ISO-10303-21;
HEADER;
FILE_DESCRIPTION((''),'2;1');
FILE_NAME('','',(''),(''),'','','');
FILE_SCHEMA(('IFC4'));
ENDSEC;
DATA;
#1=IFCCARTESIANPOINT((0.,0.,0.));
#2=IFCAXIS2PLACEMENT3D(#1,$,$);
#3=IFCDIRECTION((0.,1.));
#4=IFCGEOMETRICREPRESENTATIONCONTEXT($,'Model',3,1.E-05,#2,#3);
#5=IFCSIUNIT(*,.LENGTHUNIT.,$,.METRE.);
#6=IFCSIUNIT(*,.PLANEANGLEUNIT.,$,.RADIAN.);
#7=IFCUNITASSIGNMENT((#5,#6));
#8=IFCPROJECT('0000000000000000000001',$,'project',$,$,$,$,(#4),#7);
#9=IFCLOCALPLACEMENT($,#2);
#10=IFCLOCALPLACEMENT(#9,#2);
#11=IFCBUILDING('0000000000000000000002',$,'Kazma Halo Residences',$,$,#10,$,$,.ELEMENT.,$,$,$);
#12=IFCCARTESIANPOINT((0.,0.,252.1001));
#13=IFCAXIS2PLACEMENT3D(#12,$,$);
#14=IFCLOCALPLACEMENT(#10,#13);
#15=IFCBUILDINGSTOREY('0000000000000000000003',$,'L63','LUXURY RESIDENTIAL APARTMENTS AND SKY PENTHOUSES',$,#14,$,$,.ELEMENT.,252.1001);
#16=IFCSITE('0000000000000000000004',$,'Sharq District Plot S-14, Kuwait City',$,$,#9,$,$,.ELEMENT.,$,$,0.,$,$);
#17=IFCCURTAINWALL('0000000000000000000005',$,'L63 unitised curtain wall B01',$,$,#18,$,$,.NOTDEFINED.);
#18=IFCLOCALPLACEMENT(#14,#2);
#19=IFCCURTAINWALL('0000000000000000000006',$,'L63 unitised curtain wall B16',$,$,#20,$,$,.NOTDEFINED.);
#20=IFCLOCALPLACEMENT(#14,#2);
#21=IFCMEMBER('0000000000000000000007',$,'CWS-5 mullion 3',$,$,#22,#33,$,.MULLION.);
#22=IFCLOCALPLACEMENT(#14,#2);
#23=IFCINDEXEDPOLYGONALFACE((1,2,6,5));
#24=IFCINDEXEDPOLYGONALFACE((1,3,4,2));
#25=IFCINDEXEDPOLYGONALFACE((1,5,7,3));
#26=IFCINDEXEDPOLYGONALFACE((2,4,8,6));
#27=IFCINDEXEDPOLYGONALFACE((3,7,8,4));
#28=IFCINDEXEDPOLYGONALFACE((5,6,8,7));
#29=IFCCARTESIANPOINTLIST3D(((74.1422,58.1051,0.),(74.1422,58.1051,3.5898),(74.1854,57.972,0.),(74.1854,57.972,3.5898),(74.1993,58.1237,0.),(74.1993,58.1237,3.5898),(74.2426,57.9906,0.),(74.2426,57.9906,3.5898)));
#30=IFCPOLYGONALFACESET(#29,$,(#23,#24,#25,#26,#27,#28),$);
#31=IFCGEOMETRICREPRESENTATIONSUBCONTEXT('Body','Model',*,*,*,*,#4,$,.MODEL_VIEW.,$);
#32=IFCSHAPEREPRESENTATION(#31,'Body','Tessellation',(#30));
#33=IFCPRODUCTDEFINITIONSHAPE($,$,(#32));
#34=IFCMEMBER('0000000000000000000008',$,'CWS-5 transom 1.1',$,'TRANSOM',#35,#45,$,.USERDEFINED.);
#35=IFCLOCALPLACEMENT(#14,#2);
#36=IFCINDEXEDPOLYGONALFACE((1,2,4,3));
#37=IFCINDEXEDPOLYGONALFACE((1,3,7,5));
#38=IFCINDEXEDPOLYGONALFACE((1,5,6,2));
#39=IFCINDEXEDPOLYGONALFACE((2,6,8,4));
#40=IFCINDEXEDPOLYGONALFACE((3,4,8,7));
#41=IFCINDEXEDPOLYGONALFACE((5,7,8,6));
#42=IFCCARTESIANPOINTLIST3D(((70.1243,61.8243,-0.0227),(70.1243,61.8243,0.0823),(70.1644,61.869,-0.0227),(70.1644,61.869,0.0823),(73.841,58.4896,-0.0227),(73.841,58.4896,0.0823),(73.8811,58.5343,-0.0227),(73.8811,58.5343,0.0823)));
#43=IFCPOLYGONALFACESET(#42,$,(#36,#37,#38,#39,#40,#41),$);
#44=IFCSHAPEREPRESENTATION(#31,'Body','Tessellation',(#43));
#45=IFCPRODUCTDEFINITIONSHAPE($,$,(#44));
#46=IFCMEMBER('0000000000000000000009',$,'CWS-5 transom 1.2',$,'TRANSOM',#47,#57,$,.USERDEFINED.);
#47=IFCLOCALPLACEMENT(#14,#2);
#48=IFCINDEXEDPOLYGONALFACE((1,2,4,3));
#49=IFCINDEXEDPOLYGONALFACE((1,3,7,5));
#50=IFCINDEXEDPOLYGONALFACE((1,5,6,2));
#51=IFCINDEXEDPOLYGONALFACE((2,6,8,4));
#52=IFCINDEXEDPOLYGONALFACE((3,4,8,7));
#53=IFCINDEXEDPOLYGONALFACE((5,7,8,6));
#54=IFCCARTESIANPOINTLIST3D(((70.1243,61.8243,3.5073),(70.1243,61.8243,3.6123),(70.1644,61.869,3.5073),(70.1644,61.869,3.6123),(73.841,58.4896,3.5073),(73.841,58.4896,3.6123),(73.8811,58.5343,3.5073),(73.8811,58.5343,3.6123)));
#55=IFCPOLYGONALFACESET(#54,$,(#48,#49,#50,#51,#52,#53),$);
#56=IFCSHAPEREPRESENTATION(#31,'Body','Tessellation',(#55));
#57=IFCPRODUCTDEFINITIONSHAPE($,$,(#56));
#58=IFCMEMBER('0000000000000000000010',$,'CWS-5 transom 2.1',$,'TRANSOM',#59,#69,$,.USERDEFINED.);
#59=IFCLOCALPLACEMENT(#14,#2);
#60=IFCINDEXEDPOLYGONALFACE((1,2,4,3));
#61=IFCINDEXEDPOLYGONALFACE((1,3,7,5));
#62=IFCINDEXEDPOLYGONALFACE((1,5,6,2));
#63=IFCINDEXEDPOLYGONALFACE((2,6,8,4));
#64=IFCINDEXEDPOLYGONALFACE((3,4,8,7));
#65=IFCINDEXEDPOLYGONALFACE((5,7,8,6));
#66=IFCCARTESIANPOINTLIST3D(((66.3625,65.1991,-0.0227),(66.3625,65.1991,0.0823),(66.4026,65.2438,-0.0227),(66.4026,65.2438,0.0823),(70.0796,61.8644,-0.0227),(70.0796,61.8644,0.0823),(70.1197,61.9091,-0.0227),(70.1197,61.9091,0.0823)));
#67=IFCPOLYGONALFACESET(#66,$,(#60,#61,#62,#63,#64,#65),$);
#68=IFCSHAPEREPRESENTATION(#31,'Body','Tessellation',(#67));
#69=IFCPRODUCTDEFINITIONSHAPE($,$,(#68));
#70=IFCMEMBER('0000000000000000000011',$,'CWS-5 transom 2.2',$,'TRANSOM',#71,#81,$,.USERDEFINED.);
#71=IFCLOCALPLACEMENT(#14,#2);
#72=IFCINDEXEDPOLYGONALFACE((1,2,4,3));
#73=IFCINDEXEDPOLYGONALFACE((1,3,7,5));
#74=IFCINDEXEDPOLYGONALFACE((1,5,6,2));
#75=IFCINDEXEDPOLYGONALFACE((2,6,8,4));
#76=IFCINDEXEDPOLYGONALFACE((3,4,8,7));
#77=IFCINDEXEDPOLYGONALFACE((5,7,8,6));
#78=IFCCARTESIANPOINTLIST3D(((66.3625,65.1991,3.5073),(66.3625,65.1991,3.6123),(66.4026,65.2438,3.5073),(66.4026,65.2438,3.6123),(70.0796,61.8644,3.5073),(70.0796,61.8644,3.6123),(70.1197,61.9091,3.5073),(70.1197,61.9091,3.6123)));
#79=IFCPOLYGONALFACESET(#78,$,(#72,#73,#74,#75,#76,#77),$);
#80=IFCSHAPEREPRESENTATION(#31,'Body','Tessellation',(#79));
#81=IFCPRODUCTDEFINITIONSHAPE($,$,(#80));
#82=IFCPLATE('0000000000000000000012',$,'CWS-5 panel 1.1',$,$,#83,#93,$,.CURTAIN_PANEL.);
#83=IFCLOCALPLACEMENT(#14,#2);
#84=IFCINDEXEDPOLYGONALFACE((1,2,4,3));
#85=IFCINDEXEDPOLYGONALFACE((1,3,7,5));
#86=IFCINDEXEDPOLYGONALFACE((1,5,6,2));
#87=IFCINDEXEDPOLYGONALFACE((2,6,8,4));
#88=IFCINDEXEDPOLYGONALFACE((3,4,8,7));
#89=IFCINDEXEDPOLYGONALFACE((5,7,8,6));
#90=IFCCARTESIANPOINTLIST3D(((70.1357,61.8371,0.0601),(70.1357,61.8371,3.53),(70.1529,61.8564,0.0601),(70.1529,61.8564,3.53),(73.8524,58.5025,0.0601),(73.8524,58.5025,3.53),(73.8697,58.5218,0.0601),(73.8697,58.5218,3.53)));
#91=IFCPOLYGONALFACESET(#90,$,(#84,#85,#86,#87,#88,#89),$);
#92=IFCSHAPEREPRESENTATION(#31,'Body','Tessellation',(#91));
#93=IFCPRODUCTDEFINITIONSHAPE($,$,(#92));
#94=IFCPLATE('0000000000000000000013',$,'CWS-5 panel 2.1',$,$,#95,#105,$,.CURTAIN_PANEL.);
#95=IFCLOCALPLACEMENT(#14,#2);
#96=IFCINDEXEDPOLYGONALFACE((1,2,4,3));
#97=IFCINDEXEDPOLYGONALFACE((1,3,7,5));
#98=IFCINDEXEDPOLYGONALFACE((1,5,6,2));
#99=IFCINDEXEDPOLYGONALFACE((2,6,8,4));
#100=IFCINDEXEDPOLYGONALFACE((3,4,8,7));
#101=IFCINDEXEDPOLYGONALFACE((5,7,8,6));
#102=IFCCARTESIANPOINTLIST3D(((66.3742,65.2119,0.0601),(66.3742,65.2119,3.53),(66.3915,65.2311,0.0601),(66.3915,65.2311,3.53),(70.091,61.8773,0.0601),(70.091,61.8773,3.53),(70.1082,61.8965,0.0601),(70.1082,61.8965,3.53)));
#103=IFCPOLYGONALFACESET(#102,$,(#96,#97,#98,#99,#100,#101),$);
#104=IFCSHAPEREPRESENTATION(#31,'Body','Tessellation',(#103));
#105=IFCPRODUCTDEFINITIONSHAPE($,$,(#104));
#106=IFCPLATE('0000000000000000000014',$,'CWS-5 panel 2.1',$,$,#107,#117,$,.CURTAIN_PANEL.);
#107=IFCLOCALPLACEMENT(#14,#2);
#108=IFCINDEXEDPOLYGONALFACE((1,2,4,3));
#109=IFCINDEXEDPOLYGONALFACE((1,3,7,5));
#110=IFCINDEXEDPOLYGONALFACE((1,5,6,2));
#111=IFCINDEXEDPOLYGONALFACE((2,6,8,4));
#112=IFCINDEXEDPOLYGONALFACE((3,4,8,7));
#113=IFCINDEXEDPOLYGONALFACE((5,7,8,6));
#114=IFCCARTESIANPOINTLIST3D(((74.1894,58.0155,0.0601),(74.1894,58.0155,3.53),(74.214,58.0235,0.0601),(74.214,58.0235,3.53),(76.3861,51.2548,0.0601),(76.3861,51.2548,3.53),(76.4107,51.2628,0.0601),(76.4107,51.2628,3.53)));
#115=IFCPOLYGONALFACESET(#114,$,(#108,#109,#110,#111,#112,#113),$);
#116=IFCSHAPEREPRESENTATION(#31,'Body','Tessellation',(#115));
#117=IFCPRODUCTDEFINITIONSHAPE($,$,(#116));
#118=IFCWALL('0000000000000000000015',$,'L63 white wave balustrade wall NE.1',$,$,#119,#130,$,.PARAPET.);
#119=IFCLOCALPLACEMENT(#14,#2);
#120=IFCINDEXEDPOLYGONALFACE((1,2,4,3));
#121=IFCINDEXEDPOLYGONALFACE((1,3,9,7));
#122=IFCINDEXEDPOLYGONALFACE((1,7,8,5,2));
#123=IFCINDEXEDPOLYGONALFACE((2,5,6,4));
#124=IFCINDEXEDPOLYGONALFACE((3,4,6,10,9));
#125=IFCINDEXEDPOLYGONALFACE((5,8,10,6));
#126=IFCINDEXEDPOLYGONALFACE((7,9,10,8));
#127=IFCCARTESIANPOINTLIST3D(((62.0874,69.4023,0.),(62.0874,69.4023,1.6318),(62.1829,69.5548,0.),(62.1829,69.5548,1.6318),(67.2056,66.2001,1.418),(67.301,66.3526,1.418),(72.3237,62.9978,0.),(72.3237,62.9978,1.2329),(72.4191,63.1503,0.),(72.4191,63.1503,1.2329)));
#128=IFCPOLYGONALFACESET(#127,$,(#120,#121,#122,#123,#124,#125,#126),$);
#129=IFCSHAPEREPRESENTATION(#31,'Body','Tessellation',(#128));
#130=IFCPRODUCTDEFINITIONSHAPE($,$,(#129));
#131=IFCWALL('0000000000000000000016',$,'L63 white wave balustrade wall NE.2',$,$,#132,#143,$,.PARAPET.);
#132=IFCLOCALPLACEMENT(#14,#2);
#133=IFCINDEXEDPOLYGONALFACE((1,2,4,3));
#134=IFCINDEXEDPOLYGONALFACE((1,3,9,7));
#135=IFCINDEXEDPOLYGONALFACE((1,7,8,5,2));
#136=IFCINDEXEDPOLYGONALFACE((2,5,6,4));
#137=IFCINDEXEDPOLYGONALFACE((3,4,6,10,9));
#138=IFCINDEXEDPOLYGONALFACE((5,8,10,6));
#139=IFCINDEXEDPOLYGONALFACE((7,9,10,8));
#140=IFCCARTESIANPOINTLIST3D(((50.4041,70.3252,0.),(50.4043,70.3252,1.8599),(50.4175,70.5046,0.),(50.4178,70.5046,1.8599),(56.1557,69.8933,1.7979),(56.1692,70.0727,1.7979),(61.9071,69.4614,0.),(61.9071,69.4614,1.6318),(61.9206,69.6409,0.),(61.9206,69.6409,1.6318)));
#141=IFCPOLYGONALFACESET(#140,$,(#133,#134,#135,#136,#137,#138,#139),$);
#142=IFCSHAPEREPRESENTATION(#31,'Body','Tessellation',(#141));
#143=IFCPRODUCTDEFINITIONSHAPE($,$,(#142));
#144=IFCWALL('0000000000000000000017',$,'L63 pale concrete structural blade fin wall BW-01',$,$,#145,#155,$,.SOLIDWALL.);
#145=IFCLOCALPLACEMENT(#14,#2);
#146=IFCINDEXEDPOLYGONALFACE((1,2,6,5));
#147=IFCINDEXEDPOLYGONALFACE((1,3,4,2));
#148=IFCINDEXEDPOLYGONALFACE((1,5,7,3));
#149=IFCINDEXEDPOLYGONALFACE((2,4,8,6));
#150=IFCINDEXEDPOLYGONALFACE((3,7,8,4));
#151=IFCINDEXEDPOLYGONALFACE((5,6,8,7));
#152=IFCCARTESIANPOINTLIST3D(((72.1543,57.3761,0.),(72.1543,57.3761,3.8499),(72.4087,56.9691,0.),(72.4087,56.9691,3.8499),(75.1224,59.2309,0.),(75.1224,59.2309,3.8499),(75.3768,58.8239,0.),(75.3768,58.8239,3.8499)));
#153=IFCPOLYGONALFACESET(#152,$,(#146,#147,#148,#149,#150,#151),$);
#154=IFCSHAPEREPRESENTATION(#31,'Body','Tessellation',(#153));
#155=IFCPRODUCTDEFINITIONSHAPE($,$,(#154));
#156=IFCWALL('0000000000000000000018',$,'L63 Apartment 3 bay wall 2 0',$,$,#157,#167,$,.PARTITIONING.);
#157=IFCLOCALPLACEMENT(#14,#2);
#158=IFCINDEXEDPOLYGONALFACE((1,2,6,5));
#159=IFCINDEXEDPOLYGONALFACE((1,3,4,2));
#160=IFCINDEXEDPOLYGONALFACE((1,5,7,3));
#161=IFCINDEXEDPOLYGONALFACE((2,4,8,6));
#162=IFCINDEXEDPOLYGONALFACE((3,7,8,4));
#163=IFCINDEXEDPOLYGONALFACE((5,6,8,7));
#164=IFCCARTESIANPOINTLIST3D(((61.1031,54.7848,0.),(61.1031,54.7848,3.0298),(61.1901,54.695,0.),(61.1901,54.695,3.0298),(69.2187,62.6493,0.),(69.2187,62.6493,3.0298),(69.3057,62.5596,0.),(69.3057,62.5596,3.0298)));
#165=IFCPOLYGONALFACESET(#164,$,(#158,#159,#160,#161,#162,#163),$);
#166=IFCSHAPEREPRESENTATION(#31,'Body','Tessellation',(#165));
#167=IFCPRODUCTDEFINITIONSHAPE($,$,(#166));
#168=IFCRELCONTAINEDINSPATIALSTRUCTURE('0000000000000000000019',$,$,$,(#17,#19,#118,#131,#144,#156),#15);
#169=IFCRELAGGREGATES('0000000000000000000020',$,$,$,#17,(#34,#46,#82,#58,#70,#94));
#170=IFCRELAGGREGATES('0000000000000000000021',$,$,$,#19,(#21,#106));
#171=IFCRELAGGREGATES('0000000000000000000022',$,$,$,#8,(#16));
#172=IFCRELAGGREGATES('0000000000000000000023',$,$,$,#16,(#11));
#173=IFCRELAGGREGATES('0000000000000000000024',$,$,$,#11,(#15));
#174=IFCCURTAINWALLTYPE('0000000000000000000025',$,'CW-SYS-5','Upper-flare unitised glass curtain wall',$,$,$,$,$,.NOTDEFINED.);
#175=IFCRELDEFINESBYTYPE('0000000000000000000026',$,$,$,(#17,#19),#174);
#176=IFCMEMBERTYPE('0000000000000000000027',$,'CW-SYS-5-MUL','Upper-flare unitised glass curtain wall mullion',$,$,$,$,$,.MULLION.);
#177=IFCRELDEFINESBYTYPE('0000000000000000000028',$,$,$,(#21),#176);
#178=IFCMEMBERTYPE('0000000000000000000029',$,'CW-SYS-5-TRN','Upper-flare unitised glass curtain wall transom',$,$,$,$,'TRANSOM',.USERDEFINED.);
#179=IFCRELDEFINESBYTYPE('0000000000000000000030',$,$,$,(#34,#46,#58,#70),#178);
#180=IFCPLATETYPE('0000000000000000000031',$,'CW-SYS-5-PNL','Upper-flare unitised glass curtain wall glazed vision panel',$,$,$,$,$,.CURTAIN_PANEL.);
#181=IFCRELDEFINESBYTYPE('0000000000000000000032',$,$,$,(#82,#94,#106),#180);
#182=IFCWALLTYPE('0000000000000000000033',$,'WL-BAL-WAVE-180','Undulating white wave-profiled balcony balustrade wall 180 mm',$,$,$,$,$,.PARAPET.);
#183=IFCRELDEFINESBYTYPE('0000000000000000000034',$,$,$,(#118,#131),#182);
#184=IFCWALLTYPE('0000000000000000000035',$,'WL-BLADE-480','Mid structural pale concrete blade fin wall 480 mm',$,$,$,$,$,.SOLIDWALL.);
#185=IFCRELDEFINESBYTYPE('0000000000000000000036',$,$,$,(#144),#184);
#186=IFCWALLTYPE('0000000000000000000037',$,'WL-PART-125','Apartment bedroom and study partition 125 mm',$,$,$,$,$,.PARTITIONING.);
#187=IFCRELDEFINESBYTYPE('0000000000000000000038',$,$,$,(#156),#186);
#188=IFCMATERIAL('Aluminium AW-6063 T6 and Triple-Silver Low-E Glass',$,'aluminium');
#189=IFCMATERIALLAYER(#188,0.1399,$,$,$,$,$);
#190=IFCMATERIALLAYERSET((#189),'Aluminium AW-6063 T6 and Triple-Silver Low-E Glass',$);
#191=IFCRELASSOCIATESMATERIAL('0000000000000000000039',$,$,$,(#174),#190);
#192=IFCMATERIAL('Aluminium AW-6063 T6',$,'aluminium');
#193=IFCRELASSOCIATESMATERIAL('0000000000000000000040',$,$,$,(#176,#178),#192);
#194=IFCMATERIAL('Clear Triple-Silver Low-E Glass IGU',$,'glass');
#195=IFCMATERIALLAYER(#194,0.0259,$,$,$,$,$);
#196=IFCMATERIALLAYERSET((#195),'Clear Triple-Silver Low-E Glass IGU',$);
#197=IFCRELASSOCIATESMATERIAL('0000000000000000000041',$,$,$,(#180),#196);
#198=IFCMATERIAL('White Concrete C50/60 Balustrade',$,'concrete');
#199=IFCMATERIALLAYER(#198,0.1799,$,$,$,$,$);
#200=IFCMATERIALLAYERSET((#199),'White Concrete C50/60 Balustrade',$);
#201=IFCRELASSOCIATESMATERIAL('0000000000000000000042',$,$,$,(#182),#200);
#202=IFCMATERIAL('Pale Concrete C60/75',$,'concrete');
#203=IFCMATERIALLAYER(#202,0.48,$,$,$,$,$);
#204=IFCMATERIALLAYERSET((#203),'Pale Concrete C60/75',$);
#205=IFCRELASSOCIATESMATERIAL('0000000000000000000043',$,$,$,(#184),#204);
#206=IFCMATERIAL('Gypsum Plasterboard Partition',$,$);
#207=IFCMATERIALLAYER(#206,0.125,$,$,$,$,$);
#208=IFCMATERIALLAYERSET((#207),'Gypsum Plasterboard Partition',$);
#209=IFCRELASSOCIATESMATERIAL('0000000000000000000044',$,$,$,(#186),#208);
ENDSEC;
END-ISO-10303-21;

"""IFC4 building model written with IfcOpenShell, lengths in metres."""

from ifc_helpers import new_model, si_unit, direction, frame, frame_2d, origin, origin_2d, place, context, subcontext, project, spatial, polyline, rectangle, outline, extrude, material, layer, layer_set, material_profile, profile_set, type_object, element, aggregate, save


model = new_model("IFC4")

# Units and contexts
model_context = context("Model", 3, precision=1e-05, world=origin(), true_north=direction((0.0, 1.0)))
body_context = subcontext(model_context, "Body", "Model", "MODEL_VIEW")
ifc_project = project(units=[si_unit("LENGTHUNIT", "METRE"), si_unit("PLANEANGLEUNIT", "RADIAN")], contexts=[model_context])

# Site, building, storey
site_placement = place(None, origin())
site = spatial("IfcSite", under=ifc_project, at=site_placement, Name="Sharq District Plot S-14, Kuwait City", CompositionType="ELEMENT", RefElevation=0.0)
building_placement = place(site_placement, origin())
building = spatial("IfcBuilding", under=site, at=building_placement, Name="Kazma Halo Residences", CompositionType="ELEMENT")
storey_placement = place(building_placement, frame((0.0, 0.0, 252.1001)))
storey = spatial("IfcBuildingStorey", under=building, at=storey_placement, Name="L63", Description="LUXURY RESIDENTIAL APARTMENTS AND SKY PENTHOUSES", CompositionType="ELEMENT", Elevation=252.1001)

# Curtain wall
ifc_material_1 = material(Name="Aluminium AW-6063 T6 and Triple-Silver Low-E Glass", Category="aluminium")
ifc_layer_1 = layer(ifc_material_1, 0.1399)
ifc_layer_set_1 = layer_set([ifc_layer_1], Name="Aluminium AW-6063 T6 and Triple-Silver Low-E Glass")
curtain_wall_type = type_object("IfcCurtainWallType", Name="CW-SYS-5", Description="Upper-flare unitised glass curtain wall", PredefinedType="NOTDEFINED", material=ifc_layer_set_1)
curtain_wall_1_placement = place(storey_placement, origin())
curtain_wall_1 = element("IfcCurtainWall", 1, at=curtain_wall_1_placement, inside=storey, type_object=curtain_wall_type, Name="L63 unitised curtain wall B01", PredefinedType="NOTDEFINED")
ifc_material_2 = material(Name="Aluminium AW-6063 T6", Category="aluminium")
ifc_material_profile_1 = material_profile(ifc_material_2, rectangle(XDim=0.0601, YDim=0.1399, at=origin_2d()), Name="CWM-60x140")
ifc_profile_set_1 = profile_set([ifc_material_profile_1], Name="Aluminium AW-6063 T6")
member_type_1 = type_object("IfcMemberType", Name="CW-SYS-5-MUL", Description="Upper-flare unitised glass curtain wall mullion", PredefinedType="MULLION", material=ifc_profile_set_1)

# Curtain wall, member
curtain_wall_2_placement = place(storey_placement, origin())
curtain_wall_2 = element("IfcCurtainWall", 2, at=curtain_wall_2_placement, inside=storey, type_object=curtain_wall_type, Name="L63 unitised curtain wall B16", PredefinedType="NOTDEFINED")
member_1_placement = place(storey_placement, frame((74.1924, 58.0479, 0.0), z_axis=(0.0, 0.0, 1.0), x_axis=(-0.951058, -0.309011, 0.0)))
member_1 = element("IfcMember", 3, at=member_1_placement, type_object=member_type_1, Name="CWS-5 mullion 3", PredefinedType="MULLION", context=body_context, shape_type="SweptSolid", body=[
    extrude(rectangle(XDim=0.0601, YDim=0.1399, at=origin_2d()), origin(), (0.0, 0.0, 1.0), 3.5898),
])

# Members
ifc_material_profile_2 = material_profile(ifc_material_2, rectangle(XDim=0.0601, YDim=0.105, at=origin_2d()), Name="CWT-60x105")
ifc_profile_set_2 = profile_set([ifc_material_profile_2], Name="Aluminium AW-6063 T6")
member_type_2 = type_object("IfcMemberType", Name="CW-SYS-5-TRN", Description="Upper-flare unitised glass curtain wall transom", ElementType="TRANSOM", PredefinedType="USERDEFINED", material=ifc_profile_set_2)
member_2_placement = place(storey_placement, frame((73.8611, 58.512, 0.0298), z_axis=(-0.744329, 0.667813, 0.0), x_axis=(-0.667813, -0.744329, 0.0)))
member_2 = element("IfcMember", 4, at=member_2_placement, type_object=member_type_2, Name="CWS-5 transom 1.1", ObjectType="TRANSOM", PredefinedType="USERDEFINED", context=body_context, shape_type="SweptSolid", body=[
    extrude(rectangle(XDim=0.0601, YDim=0.105, at=origin_2d()), origin(), (0.0, 0.0, 1.0), 4.9934),
])
member_3_placement = place(storey_placement, frame((73.8611, 58.512, 3.5598), z_axis=(-0.744329, 0.667813, 0.0), x_axis=(-0.667813, -0.744329, 0.0)))
member_3 = element("IfcMember", 5, at=member_3_placement, type_object=member_type_2, Name="CWS-5 transom 1.2", ObjectType="TRANSOM", PredefinedType="USERDEFINED", context=body_context, shape_type="SweptSolid", body=[
    extrude(rectangle(XDim=0.0601, YDim=0.105, at=origin_2d()), origin(), (0.0, 0.0, 1.0), 4.9934),
])
member_4_placement = place(storey_placement, frame((70.0996, 61.8867, 0.0298), z_axis=(-0.744351, 0.667789, 0.0), x_axis=(-0.667789, -0.744351, 0.0)))
member_4 = element("IfcMember", 6, at=member_4_placement, type_object=member_type_2, Name="CWS-5 transom 2.1", ObjectType="TRANSOM", PredefinedType="USERDEFINED", context=body_context, shape_type="SweptSolid", body=[
    extrude(rectangle(XDim=0.0601, YDim=0.105, at=origin_2d()), origin(), (0.0, 0.0, 1.0), 4.9937),
])
member_5_placement = place(storey_placement, frame((70.0996, 61.8867, 3.5598), z_axis=(-0.744351, 0.667789, 0.0), x_axis=(-0.667789, -0.744351, 0.0)))
member_5 = element("IfcMember", 7, at=member_5_placement, type_object=member_type_2, Name="CWS-5 transom 2.2", ObjectType="TRANSOM", PredefinedType="USERDEFINED", context=body_context, shape_type="SweptSolid", body=[
    extrude(rectangle(XDim=0.0601, YDim=0.105, at=origin_2d()), origin(), (0.0, 0.0, 1.0), 4.9937),
])

# Plates
ifc_material_3 = material(Name="Clear Triple-Silver Low-E Glass IGU", Category="glass")
ifc_layer_2 = layer(ifc_material_3, 0.0259)
ifc_layer_set_2 = layer_set([ifc_layer_2], Name="Clear Triple-Silver Low-E Glass IGU")
plate_type = type_object("IfcPlateType", Name="CW-SYS-5-PNL", Description="Upper-flare unitised glass curtain wall glazed vision panel", PredefinedType="CURTAIN_PANEL", material=ifc_layer_set_2)
plate_1_placement = place(storey_placement, frame((72.0027, 60.1794, 0.0601), z_axis=(0.0, 0.0, 1.0), x_axis=(-0.744336, 0.667805, 0.0)))
plate_1 = element("IfcPlate", 8, at=plate_1_placement, type_object=plate_type, Name="CWS-5 panel 1.1", PredefinedType="CURTAIN_PANEL", context=body_context, shape_type="SweptSolid", body=[
    extrude(rectangle(XDim=4.9934, YDim=0.0259, at=origin_2d()), origin(), (0.0, 0.0, 1.0), 3.47),
])
plate_2_placement = place(storey_placement, frame((68.2412, 63.5542, 0.0601), z_axis=(0.0, 0.0, 1.0), x_axis=(-0.744336, 0.667805, 0.0)))
plate_2 = element("IfcPlate", 9, at=plate_2_placement, type_object=plate_type, Name="CWS-5 panel 2.1", PredefinedType="CURTAIN_PANEL", context=body_context, shape_type="SweptSolid", body=[
    extrude(rectangle(XDim=4.9934, YDim=0.0259, at=origin_2d()), origin(), (0.0, 0.0, 1.0), 3.47),
])
aggregate(curtain_wall_1, [member_2, member_3, plate_1, member_4, member_5, plate_2])
plate_3_placement = place(storey_placement, frame((75.3, 54.6392, 0.0601), z_axis=(0.0, 0.0, 1.0), x_axis=(-0.309011, 0.951058, 0.0)))
plate_3 = element("IfcPlate", 10, at=plate_3_placement, type_object=plate_type, Name="CWS-5 panel 2.1", PredefinedType="CURTAIN_PANEL", context=body_context, shape_type="SweptSolid", body=[
    extrude(rectangle(XDim=7.1086, YDim=0.0259, at=origin_2d()), origin(), (0.0, 0.0, 1.0), 3.47),
])
aggregate(curtain_wall_2, [member_1, plate_3])

# Walls
ifc_material_4 = material(Name="White Concrete C50/60 Balustrade", Category="concrete")
ifc_layer_3 = layer(ifc_material_4, 0.1799)
ifc_layer_set_3 = layer_set([ifc_layer_3], Name="White Concrete C50/60 Balustrade")
wall_type_1 = type_object("IfcWallType", Name="WL-BAL-WAVE-180", Description="Undulating white wave-profiled balcony balustrade wall 180 mm", PredefinedType="PARAPET", material=ifc_layer_set_3)
wall_1_placement = place(storey_placement, frame((72.3713, 63.074, 0.0), z_axis=(0.0, 0.0, 1.0), x_axis=(-0.847744, 0.530406, 0.0)))
element("IfcWall", 11, at=wall_1_placement, inside=storey, type_object=wall_type_1, Name="L63 white wave balustrade wall NE.1", PredefinedType="PARAPET", context=body_context, shape_type="SweptSolid", body=[
    extrude(outline(polyline([(0.0, 0.0), (12.0747, 0.0), (12.0747, 1.6318), (6.0374, 1.418), (0.0, 1.2329), (0.0, 0.0)])), frame((0.0, 0.0898, 0.0), z_axis=(0.0, -1.0, 0.0), x_axis=(1.0, 0.0, 0.0)), (0.0, 0.0, 1.0), 0.1799),
])
wall_2_placement = place(storey_placement, frame((61.9138, 69.551, 0.0), z_axis=(0.0, 0.0, 1.0), x_axis=(-0.997193, 0.07488, 0.0)))
element("IfcWall", 12, at=wall_2_placement, inside=storey, type_object=wall_type_1, Name="L63 white wave balustrade wall NE.2", PredefinedType="PARAPET", context=body_context, shape_type="SweptSolid", body=[
    extrude(outline(polyline([(0.0, 0.0), (11.5354, 0.0), (11.5352, 1.8599), (5.7676, 1.7979), (0.0, 1.6318), (0.0, 0.0)])), frame((0.0, 0.0898, 0.0), z_axis=(0.0, -1.0, 0.0), x_axis=(1.0, 0.0, 0.0)), (0.0, 0.0, 1.0), 0.1799),
])
ifc_material_5 = material(Name="Pale Concrete C60/75", Category="concrete")
ifc_layer_4 = layer(ifc_material_5, 0.48)
ifc_layer_set_4 = layer_set([ifc_layer_4], Name="Pale Concrete C60/75")
wall_type_2 = type_object("IfcWallType", Name="WL-BLADE-480", Description="Mid structural pale concrete blade fin wall 480 mm", PredefinedType="SOLIDWALL", material=ifc_layer_set_4)
wall_3_placement = place(storey_placement, frame((72.2815, 57.1726, 0.0), z_axis=(0.0, 0.0, 1.0), x_axis=(0.848034, 0.529943, 0.0)))
element("IfcWall", 13, at=wall_3_placement, inside=storey, type_object=wall_type_2, Name="L63 pale concrete structural blade fin wall BW-01", PredefinedType="SOLIDWALL", context=body_context, shape_type="SweptSolid", body=[
    extrude(rectangle(XDim=3.5, YDim=0.48, at=frame_2d((1.75, 0.0))), origin(), (0.0, 0.0, 1.0), 3.8499),
])

# Wall
ifc_material_6 = material(Name="Gypsum Plasterboard Partition")
ifc_layer_5 = layer(ifc_material_6, 0.125)
ifc_layer_set_5 = layer_set([ifc_layer_5], Name="Gypsum Plasterboard Partition")
wall_type_3 = type_object("IfcWallType", Name="WL-PART-125", Description="Apartment bedroom and study partition 125 mm", PredefinedType="PARTITIONING", material=ifc_layer_set_5)
wall_4_placement = place(storey_placement, frame((61.1467, 54.74, 0.0), z_axis=(0.0, 0.0, 1.0), x_axis=(0.718124, 0.695915, 0.0)))
element("IfcWall", 14, at=wall_4_placement, inside=storey, type_object=wall_type_3, Name="L63 Apartment 3 bay wall 2 0", PredefinedType="PARTITIONING", context=body_context, shape_type="SweptSolid", body=[
    extrude(rectangle(XDim=11.301, YDim=0.125, at=frame_2d((5.6504, 0.0))), origin(), (0.0, 0.0, 1.0), 3.0298),
])

save(model, "model.ifc")
